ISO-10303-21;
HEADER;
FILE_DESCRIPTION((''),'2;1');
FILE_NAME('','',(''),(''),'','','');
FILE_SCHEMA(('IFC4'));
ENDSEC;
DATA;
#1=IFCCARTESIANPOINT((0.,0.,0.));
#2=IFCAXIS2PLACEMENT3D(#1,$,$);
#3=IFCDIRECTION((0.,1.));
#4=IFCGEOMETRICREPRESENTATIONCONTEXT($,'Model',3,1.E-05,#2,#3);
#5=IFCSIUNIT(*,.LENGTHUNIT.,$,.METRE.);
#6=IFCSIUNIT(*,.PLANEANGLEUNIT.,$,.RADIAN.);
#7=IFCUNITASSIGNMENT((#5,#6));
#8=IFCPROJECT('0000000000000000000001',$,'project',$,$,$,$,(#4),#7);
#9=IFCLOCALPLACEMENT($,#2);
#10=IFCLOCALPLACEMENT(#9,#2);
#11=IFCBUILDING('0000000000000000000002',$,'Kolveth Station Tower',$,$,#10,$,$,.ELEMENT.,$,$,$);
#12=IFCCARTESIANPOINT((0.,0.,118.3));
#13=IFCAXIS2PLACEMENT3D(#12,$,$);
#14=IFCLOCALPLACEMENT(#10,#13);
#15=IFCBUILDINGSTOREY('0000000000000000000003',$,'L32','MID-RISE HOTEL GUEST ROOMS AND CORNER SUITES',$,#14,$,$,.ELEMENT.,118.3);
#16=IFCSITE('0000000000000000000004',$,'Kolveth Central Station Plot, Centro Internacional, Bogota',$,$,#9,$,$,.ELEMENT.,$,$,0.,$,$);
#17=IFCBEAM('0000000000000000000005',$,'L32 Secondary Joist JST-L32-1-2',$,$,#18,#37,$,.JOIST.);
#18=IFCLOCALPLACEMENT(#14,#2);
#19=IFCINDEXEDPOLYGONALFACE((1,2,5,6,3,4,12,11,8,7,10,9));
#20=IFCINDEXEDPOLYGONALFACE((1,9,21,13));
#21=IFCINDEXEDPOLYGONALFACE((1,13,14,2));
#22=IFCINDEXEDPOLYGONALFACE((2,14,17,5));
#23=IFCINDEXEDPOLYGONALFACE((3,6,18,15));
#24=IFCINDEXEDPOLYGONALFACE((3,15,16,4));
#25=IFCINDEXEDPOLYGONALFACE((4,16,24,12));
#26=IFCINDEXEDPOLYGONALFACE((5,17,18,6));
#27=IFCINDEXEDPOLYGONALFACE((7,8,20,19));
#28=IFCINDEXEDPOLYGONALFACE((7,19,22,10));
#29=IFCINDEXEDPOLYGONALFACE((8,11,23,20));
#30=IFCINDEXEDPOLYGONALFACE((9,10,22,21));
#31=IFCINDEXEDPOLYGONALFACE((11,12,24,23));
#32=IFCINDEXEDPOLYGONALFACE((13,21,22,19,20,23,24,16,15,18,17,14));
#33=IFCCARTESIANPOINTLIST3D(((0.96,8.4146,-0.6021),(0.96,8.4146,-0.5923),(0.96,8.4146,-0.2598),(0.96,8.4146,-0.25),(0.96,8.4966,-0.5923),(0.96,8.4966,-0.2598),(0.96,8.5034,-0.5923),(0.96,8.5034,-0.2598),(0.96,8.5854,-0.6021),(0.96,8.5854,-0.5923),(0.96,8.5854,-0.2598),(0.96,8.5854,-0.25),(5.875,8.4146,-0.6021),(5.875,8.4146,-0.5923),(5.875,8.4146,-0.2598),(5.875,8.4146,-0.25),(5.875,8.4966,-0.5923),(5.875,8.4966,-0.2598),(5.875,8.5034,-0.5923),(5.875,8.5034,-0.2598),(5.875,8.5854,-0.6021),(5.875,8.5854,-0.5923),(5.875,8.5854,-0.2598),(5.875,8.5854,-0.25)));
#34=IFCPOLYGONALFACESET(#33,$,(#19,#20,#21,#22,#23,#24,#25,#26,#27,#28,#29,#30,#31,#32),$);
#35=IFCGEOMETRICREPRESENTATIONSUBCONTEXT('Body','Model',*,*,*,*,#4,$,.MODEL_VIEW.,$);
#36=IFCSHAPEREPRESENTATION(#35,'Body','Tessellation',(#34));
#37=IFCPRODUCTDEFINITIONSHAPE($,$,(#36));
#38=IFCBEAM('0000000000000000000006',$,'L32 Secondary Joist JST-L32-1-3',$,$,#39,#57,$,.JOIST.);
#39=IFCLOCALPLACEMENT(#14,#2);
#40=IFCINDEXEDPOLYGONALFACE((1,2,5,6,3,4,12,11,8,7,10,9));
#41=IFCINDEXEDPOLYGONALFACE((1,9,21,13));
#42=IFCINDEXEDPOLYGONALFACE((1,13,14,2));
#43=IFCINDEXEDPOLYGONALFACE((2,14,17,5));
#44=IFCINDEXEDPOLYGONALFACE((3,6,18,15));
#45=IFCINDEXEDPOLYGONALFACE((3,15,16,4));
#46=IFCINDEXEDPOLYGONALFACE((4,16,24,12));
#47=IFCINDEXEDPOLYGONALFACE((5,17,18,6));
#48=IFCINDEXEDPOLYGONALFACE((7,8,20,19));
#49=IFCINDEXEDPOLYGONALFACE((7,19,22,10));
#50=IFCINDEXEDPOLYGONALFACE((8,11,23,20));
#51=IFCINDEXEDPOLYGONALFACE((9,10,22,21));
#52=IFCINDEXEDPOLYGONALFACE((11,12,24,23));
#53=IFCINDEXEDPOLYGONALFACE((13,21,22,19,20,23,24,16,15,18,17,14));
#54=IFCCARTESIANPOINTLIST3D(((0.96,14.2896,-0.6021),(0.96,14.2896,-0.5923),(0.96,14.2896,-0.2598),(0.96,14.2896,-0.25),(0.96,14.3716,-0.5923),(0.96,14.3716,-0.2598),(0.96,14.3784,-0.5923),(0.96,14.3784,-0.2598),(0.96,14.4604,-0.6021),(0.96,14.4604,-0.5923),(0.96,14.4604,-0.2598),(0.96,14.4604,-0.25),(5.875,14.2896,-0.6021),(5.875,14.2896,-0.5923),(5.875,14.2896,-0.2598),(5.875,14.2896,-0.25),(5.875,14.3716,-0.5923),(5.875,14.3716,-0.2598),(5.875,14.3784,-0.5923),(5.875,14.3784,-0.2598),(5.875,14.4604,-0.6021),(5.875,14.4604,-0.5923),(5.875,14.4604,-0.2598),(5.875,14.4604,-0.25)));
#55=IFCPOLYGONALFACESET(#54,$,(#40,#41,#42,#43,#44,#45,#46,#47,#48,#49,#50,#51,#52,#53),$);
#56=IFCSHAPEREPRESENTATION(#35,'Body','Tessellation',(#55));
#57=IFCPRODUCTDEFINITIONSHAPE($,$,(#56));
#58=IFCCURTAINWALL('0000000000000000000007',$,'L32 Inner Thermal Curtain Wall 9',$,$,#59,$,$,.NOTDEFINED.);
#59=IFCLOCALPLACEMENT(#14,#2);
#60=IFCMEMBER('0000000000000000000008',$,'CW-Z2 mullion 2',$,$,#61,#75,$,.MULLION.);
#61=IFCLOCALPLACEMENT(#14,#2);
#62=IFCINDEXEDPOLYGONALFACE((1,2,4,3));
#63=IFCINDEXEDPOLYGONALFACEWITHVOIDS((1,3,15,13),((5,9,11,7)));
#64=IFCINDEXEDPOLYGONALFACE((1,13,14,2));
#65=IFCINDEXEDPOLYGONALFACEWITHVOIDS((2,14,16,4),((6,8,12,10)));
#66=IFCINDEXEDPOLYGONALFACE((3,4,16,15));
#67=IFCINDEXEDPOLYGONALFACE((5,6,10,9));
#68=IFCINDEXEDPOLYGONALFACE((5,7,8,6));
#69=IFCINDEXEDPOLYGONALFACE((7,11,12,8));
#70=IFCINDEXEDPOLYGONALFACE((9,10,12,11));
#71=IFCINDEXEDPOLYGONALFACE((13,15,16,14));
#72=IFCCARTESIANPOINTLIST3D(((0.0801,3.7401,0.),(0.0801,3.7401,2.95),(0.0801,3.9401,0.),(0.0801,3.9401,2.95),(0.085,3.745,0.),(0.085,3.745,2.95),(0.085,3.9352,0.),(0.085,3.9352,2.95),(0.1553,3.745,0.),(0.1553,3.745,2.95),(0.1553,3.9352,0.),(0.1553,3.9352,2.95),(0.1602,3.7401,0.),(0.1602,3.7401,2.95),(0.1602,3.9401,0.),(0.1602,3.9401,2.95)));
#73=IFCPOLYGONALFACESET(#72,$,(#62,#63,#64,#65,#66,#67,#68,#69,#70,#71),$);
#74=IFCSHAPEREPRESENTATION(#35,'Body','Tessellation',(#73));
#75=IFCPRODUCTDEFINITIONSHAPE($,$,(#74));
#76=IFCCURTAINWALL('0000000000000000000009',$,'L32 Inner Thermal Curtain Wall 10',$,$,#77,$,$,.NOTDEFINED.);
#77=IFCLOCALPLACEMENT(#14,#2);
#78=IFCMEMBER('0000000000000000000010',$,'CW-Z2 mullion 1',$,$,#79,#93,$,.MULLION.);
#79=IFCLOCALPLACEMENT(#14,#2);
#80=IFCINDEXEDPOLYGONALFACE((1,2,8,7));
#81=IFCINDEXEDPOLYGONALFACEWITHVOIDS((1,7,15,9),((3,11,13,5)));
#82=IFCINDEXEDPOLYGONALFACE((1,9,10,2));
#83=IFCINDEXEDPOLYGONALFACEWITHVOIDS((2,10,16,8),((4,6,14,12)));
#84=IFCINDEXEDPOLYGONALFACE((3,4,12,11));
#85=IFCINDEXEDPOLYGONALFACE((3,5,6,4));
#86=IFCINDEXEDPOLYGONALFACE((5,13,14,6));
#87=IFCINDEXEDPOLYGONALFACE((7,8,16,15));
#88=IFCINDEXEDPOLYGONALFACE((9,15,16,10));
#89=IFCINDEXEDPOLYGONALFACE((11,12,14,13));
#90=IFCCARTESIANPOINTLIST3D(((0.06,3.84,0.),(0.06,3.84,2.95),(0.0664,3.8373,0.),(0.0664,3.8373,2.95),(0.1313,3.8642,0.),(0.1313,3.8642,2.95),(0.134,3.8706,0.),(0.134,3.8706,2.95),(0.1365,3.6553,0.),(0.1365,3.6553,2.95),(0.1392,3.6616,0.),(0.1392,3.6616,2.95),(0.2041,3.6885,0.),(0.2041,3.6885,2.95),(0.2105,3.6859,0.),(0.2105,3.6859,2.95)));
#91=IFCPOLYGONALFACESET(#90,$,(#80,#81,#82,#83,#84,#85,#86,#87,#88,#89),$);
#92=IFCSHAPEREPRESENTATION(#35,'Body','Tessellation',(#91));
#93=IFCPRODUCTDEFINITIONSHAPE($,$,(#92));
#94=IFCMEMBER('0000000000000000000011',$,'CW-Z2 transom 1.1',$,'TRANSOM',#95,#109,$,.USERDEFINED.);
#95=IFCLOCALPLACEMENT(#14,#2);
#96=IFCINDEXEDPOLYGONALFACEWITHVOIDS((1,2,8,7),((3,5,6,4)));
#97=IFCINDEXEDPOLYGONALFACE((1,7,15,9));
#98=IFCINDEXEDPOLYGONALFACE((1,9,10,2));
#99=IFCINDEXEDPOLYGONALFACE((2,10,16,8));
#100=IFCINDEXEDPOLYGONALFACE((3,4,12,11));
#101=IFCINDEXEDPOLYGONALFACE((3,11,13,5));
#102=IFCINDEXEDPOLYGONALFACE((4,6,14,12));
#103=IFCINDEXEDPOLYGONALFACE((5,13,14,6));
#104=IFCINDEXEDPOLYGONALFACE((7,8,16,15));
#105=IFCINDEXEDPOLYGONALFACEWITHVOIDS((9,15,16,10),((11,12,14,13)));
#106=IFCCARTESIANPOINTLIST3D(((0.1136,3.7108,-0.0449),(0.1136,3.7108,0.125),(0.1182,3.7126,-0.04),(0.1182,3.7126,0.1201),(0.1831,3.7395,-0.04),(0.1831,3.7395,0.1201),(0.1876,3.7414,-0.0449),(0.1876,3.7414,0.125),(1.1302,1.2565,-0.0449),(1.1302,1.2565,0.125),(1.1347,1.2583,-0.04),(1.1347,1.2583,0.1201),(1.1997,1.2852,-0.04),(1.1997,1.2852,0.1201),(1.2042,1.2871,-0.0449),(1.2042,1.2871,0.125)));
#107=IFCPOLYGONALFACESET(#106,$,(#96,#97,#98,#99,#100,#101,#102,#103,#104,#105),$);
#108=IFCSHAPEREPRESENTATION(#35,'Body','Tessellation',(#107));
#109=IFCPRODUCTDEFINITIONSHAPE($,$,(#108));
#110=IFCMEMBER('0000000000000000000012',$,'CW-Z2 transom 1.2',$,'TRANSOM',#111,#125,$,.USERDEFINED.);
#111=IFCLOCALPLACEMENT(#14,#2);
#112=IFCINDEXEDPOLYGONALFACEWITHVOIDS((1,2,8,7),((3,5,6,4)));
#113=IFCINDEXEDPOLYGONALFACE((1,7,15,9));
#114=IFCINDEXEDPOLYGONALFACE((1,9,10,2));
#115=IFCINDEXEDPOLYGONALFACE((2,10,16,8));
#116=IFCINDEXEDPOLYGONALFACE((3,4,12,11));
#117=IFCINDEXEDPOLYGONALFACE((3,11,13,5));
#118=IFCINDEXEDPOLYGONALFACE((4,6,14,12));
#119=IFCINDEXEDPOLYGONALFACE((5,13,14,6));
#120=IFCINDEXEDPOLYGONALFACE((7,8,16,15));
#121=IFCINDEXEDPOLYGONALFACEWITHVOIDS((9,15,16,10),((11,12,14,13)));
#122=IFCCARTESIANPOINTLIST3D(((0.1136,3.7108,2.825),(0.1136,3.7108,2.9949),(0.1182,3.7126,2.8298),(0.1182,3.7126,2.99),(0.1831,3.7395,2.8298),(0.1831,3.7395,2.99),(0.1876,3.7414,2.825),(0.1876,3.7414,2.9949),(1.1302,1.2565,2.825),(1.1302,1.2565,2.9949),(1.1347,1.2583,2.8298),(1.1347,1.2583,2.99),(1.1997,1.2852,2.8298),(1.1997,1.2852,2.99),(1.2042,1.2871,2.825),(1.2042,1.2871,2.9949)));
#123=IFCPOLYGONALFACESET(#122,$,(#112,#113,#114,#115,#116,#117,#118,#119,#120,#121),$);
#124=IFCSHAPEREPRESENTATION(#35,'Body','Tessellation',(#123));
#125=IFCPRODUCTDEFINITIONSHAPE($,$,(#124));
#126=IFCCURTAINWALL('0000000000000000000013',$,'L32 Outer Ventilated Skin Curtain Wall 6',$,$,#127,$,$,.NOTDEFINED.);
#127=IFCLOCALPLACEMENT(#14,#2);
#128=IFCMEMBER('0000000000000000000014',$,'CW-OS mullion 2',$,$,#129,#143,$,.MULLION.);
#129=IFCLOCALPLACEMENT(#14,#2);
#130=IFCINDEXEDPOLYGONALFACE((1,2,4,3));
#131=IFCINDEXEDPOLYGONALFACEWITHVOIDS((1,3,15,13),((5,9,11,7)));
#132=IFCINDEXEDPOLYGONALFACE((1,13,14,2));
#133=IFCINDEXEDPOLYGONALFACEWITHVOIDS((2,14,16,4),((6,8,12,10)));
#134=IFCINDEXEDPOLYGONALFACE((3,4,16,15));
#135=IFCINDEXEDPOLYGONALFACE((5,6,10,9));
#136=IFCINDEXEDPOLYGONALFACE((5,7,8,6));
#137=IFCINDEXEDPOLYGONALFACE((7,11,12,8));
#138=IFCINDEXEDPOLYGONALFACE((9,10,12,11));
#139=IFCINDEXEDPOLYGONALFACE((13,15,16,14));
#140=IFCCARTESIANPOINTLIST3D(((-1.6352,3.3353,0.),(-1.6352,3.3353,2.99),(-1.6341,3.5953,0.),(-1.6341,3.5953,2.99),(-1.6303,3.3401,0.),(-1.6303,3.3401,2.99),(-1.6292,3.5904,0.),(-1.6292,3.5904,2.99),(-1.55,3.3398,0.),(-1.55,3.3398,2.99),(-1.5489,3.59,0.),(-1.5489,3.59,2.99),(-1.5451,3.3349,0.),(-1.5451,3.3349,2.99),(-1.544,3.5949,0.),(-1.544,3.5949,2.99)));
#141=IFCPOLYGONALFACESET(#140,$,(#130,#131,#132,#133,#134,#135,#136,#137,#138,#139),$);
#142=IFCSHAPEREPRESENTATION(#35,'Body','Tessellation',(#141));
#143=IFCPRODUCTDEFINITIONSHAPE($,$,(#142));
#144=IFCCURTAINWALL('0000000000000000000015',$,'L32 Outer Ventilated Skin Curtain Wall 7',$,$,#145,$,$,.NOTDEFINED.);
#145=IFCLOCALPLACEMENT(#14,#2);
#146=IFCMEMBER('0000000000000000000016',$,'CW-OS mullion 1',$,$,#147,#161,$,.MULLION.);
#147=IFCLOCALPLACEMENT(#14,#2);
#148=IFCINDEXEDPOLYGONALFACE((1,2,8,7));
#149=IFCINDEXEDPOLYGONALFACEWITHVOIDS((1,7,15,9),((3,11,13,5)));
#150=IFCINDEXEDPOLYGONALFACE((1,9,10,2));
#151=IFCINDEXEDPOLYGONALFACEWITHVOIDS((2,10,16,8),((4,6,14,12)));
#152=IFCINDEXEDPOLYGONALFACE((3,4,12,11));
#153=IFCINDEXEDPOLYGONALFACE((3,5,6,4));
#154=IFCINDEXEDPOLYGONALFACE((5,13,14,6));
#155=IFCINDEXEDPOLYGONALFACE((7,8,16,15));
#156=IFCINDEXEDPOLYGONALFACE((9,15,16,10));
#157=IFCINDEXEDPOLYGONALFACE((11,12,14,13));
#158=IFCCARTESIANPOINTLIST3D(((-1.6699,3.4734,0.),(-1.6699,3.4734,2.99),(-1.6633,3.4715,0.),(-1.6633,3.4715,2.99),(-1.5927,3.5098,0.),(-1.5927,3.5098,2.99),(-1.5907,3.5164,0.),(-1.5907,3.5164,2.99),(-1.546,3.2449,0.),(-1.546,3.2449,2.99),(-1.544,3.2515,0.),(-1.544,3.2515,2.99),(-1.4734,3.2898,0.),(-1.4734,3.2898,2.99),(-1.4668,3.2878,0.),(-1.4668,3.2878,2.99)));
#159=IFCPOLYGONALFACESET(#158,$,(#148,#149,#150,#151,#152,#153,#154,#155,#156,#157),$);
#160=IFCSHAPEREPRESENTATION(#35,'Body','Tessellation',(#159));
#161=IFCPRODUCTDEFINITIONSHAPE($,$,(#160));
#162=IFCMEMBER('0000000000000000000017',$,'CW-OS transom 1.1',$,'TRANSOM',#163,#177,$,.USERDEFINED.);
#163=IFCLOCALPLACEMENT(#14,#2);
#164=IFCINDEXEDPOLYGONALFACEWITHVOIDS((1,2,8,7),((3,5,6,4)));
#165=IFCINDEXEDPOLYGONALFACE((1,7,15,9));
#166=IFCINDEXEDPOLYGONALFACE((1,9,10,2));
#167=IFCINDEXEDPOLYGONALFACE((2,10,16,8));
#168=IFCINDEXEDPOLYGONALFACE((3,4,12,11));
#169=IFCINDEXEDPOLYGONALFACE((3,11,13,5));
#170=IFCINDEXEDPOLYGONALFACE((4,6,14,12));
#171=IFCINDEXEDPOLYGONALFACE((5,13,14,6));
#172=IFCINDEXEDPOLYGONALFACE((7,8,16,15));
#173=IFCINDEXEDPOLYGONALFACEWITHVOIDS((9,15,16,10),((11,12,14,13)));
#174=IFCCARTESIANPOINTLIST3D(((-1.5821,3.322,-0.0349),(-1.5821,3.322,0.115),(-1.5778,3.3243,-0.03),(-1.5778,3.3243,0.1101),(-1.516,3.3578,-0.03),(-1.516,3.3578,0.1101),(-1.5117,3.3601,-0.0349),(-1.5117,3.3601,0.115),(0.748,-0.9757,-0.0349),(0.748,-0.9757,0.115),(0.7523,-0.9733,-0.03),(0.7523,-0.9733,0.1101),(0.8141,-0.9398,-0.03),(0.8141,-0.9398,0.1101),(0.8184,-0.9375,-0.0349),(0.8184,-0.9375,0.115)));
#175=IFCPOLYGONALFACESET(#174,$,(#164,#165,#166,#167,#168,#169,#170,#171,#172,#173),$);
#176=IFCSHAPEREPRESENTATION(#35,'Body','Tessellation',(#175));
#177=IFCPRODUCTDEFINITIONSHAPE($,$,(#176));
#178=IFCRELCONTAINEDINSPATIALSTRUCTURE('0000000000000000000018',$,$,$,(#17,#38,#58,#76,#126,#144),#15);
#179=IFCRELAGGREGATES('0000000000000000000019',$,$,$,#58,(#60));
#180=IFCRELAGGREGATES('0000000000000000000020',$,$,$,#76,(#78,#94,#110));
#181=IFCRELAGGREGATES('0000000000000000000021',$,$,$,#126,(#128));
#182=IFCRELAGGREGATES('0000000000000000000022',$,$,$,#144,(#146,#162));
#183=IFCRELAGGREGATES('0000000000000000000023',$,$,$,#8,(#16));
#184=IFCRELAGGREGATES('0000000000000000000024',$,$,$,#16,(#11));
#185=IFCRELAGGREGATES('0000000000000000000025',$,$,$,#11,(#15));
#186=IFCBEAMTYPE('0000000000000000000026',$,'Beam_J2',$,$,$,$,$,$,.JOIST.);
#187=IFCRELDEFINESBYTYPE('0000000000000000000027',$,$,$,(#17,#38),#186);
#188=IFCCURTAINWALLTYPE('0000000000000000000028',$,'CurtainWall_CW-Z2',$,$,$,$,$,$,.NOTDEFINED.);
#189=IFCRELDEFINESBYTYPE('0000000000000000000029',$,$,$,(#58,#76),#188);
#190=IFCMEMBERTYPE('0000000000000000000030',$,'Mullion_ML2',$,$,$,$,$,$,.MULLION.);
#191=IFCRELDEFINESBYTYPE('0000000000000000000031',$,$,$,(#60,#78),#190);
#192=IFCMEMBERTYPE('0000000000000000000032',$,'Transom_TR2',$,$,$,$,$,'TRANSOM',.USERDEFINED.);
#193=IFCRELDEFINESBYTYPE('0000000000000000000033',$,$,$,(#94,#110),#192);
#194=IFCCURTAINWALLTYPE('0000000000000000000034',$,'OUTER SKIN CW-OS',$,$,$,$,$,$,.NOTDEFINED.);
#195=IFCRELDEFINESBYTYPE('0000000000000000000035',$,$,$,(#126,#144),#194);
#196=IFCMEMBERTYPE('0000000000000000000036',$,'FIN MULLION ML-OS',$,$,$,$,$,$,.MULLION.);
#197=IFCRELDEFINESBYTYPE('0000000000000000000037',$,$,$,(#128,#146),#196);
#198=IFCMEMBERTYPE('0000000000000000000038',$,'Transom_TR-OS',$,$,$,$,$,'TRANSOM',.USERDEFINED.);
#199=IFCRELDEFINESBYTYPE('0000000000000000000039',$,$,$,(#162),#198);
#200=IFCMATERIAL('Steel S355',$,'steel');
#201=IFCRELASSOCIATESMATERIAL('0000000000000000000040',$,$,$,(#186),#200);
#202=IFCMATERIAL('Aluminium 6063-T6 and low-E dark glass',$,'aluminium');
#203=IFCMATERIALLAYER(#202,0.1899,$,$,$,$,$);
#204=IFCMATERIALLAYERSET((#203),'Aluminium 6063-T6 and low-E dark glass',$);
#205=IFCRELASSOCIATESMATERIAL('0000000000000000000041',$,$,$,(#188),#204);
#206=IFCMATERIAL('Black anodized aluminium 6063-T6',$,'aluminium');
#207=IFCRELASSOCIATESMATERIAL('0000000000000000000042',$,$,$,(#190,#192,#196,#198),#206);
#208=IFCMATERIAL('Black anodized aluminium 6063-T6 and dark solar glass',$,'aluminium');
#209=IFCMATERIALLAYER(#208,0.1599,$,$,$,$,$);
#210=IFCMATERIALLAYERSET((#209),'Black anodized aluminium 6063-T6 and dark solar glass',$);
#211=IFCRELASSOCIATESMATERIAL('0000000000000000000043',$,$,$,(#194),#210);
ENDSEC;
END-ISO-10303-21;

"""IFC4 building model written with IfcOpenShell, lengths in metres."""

from ifc_helpers import new_model, si_unit, direction, frame, origin, origin_2d, place, context, subcontext, project, spatial, hollow_rectangle, i_section, extrude, source, transform, mapped, material, layer, layer_set, material_profile, profile_set, type_object, element, aggregate, save


model = new_model("IFC4")

# Units and contexts
model_context = context("Model", 3, precision=1e-05, world=origin(), true_north=direction((0.0, 1.0)))
body_context = subcontext(model_context, "Body", "Model", "MODEL_VIEW")
ifc_project = project(units=[si_unit("LENGTHUNIT", "METRE"), si_unit("PLANEANGLEUNIT", "RADIAN")], contexts=[model_context])

# Site, building, storey
site_placement = place(None, origin())
site = spatial("IfcSite", under=ifc_project, at=site_placement, Name="Kolveth Central Station Plot, Centro Internacional, Bogota", CompositionType="ELEMENT", RefElevation=0.0)
building_placement = place(site_placement, origin())
building = spatial("IfcBuilding", under=site, at=building_placement, Name="Kolveth Station Tower", CompositionType="ELEMENT")
storey_placement = place(building_placement, frame((0.0, 0.0, 118.3)))
storey = spatial("IfcBuildingStorey", under=building, at=storey_placement, Name="L32", Description="MID-RISE HOTEL GUEST ROOMS AND CORNER SUITES", CompositionType="ELEMENT", Elevation=118.3)

# Beams
ifc_material_1 = material(Name="Steel S355", Category="steel")
ifc_material_profile_1 = material_profile(ifc_material_1, i_section(OverallWidth=0.1709, OverallDepth=0.3521, WebThickness=0.0068, FlangeThickness=0.0098, at=origin_2d()), Name="W360x44")
ifc_profile_set_1 = profile_set([ifc_material_profile_1], Name="Steel S355")
beam_type_1 = type_object("IfcBeamType", Name="Beam_J2", PredefinedType="JOIST", material=ifc_profile_set_1)
shared_shape_1 = source(origin(), body_context, "Body", "SweptSolid", [
    extrude(i_section(OverallWidth=0.1709, OverallDepth=0.3521, WebThickness=0.0068, FlangeThickness=0.0098, at=origin_2d()), origin(), (0.0, 0.0, 1.0), 4.915),
])
for number, where, z_axis, x_axis, name in (
    (1, (0.96, 8.5, -0.426), (1.0, 0.0, 0.0), (0.0, 1.0, 0.0), "L32 Secondary Joist JST-L32-1-2"),
    (2, (0.96, 14.375, -0.426), (1.0, 0.0, 0.0), (0.0, 1.0, 0.0), "L32 Secondary Joist JST-L32-1-3"),
):
    element("IfcBeam", number, at=place(storey_placement, frame(where, z_axis=z_axis, x_axis=x_axis)), inside=storey, type_object=beam_type_1, Name=name, PredefinedType="JOIST", context=body_context, shape_type="MappedRepresentation", body=[
        mapped(shared_shape_1, transform((0.0, 0.0, 0.0), x_axis=(1.0, 0.0, 0.0), y_axis=(0.0, 1.0, 0.0), z_axis=(0.0, 0.0, 1.0), scale=1.0)),
    ])

# Curtain wall, member
ifc_material_2 = material(Name="Aluminium 6063-T6 and low-E dark glass", Category="aluminium")
ifc_layer_1 = layer(ifc_material_2, 0.1899)
ifc_layer_set_1 = layer_set([ifc_layer_1], Name="Aluminium 6063-T6 and low-E dark glass")
curtain_wall_type_1 = type_object("IfcCurtainWallType", Name="CurtainWall_CW-Z2", PredefinedType="NOTDEFINED", material=ifc_layer_set_1)
curtain_wall_1_placement = place(storey_placement, origin())
curtain_wall_1 = element("IfcCurtainWall", 3, at=curtain_wall_1_placement, inside=storey, type_object=curtain_wall_type_1, Name="L32 Inner Thermal Curtain Wall 9", PredefinedType="NOTDEFINED")
ifc_material_3 = material(Name="Black anodized aluminium 6063-T6", Category="aluminium")
ifc_material_profile_2 = material_profile(ifc_material_3, hollow_rectangle(XDim=0.0801, YDim=0.2, WallThickness=0.0049, at=origin_2d()), Name="ALU-80x200x5")
ifc_profile_set_2 = profile_set([ifc_material_profile_2], Name="Black anodized aluminium 6063-T6")
member_type_1 = type_object("IfcMemberType", Name="Mullion_ML2", PredefinedType="MULLION", material=ifc_profile_set_2)
shared_shape_2 = source(origin(), body_context, "Body", "SweptSolid", [
    extrude(hollow_rectangle(XDim=0.0801, YDim=0.2, WallThickness=0.0049, at=origin_2d()), origin(), (0.0, 0.0, 1.0), 2.95),
])
member_1_placement = place(storey_placement, frame((0.1201, 3.8401, 0.0), z_axis=(0.0, 0.0, 1.0), x_axis=(1.0, 0.0, 0.0)))
member_1 = element("IfcMember", 4, at=member_1_placement, type_object=member_type_1, Name="CW-Z2 mullion 2", PredefinedType="MULLION", context=body_context, shape_type="MappedRepresentation", body=[
    mapped(shared_shape_2, transform((0.0, 0.0, 0.0), x_axis=(1.0, 0.0, 0.0), y_axis=(0.0, 1.0, 0.0), z_axis=(0.0, 0.0, 1.0), scale=1.0)),
])
aggregate(curtain_wall_1, [member_1])

# Curtain wall, members
curtain_wall_2_placement = place(storey_placement, origin())
curtain_wall_2 = element("IfcCurtainWall", 5, at=curtain_wall_2_placement, inside=storey, type_object=curtain_wall_type_1, Name="L32 Inner Thermal Curtain Wall 10", PredefinedType="NOTDEFINED")
member_2_placement = place(storey_placement, frame((0.1353, 3.7629, 0.0), z_axis=(0.0, 0.0, 1.0), x_axis=(0.923888, 0.382663, 0.0)))
member_2 = element("IfcMember", 6, at=member_2_placement, type_object=member_type_1, Name="CW-Z2 mullion 1", PredefinedType="MULLION", context=body_context, shape_type="MappedRepresentation", body=[
    mapped(shared_shape_2, transform((0.0, 0.0, 0.0), x_axis=(1.0, 0.0, 0.0), y_axis=(0.0, 1.0, 0.0), z_axis=(0.0, 0.0, 1.0), scale=1.0)),
])
ifc_material_profile_3 = material_profile(ifc_material_3, hollow_rectangle(XDim=0.0801, YDim=0.1699, WallThickness=0.0049, at=origin_2d()), Name="ALU-80x170x5")
ifc_profile_set_3 = profile_set([ifc_material_profile_3], Name="Black anodized aluminium 6063-T6")
member_type_2 = type_object("IfcMemberType", Name="Transom_TR2", ElementType="TRANSOM", PredefinedType="USERDEFINED", material=ifc_profile_set_3)
shared_shape_3 = source(origin(), body_context, "Body", "SweptSolid", [
    extrude(hollow_rectangle(XDim=0.0801, YDim=0.1699, WallThickness=0.0049, at=origin_2d()), origin(), (0.0, 0.0, 1.0), 2.6565),
])
member_3_placement = place(storey_placement, frame((0.1506, 3.7261, 0.04), z_axis=(0.382676, -0.923882, 0.0), x_axis=(0.923882, 0.382676, 0.0)))
member_3 = element("IfcMember", 7, at=member_3_placement, type_object=member_type_2, Name="CW-Z2 transom 1.1", ObjectType="TRANSOM", PredefinedType="USERDEFINED", context=body_context, shape_type="MappedRepresentation", body=[
    mapped(shared_shape_3, transform((0.0, 0.0, 0.0), x_axis=(1.0, 0.0, 0.0), y_axis=(0.0, 1.0, 0.0), z_axis=(0.0, 0.0, 1.0), scale=1.0)),
])
member_4_placement = place(storey_placement, frame((0.1506, 3.7261, 2.9099), z_axis=(0.382676, -0.923882, 0.0), x_axis=(0.923882, 0.382676, 0.0)))
member_4 = element("IfcMember", 8, at=member_4_placement, type_object=member_type_2, Name="CW-Z2 transom 1.2", ObjectType="TRANSOM", PredefinedType="USERDEFINED", context=body_context, shape_type="MappedRepresentation", body=[
    mapped(shared_shape_3, transform((0.0, 0.0, 0.0), x_axis=(1.0, 0.0, 0.0), y_axis=(0.0, 1.0, 0.0), z_axis=(0.0, 0.0, 1.0), scale=1.0)),
])
aggregate(curtain_wall_2, [member_2, member_3, member_4])

# Curtain wall, member
ifc_material_4 = material(Name="Black anodized aluminium 6063-T6 and dark solar glass", Category="aluminium")
ifc_layer_2 = layer(ifc_material_4, 0.1599)
ifc_layer_set_2 = layer_set([ifc_layer_2], Name="Black anodized aluminium 6063-T6 and dark solar glass")
curtain_wall_type_2 = type_object("IfcCurtainWallType", Name="OUTER SKIN CW-OS", PredefinedType="NOTDEFINED", material=ifc_layer_set_2)
curtain_wall_3_placement = place(storey_placement, origin())
curtain_wall_3 = element("IfcCurtainWall", 9, at=curtain_wall_3_placement, inside=storey, type_object=curtain_wall_type_2, Name="L32 Outer Ventilated Skin Curtain Wall 6", PredefinedType="NOTDEFINED")
ifc_material_profile_4 = material_profile(ifc_material_3, hollow_rectangle(XDim=0.0901, YDim=0.26, WallThickness=0.0049, at=origin_2d()), Name="ALU-90x260x5")
ifc_profile_set_4 = profile_set([ifc_material_profile_4], Name="Black anodized aluminium 6063-T6")
member_type_3 = type_object("IfcMemberType", Name="FIN MULLION ML-OS", PredefinedType="MULLION", material=ifc_profile_set_4)
shared_shape_4 = source(origin(), body_context, "Body", "SweptSolid", [
    extrude(hollow_rectangle(XDim=0.0901, YDim=0.26, WallThickness=0.0049, at=origin_2d()), origin(), (0.0, 0.0, 1.0), 2.99),
])
member_5_placement = place(storey_placement, frame((-1.5896, 3.4651, 0.0), z_axis=(0.0, 0.0, 1.0), x_axis=(0.99999, -0.004524, 0.0)))
member_5 = element("IfcMember", 10, at=member_5_placement, type_object=member_type_3, Name="CW-OS mullion 2", PredefinedType="MULLION", context=body_context, shape_type="MappedRepresentation", body=[
    mapped(shared_shape_4, transform((0.0, 0.0, 0.0), x_axis=(1.0, 0.0, 0.0), y_axis=(0.0, 1.0, 0.0), z_axis=(0.0, 0.0, 1.0), scale=1.0)),
])
aggregate(curtain_wall_3, [member_5])

# Curtain wall, members
curtain_wall_4_placement = place(storey_placement, origin())
curtain_wall_4 = element("IfcCurtainWall", 11, at=curtain_wall_4_placement, inside=storey, type_object=curtain_wall_type_2, Name="L32 Outer Ventilated Skin Curtain Wall 7", PredefinedType="NOTDEFINED")
member_6_placement = place(storey_placement, frame((-1.5684, 3.3806, 0.0), z_axis=(0.0, 0.0, 1.0), x_axis=(0.879098, 0.47664, 0.0)))
member_6 = element("IfcMember", 12, at=member_6_placement, type_object=member_type_3, Name="CW-OS mullion 1", PredefinedType="MULLION", context=body_context, shape_type="MappedRepresentation", body=[
    mapped(shared_shape_4, transform((0.0, 0.0, 0.0), x_axis=(1.0, 0.0, 0.0), y_axis=(0.0, 1.0, 0.0), z_axis=(0.0, 0.0, 1.0), scale=1.0)),
])
ifc_material_profile_5 = material_profile(ifc_material_3, hollow_rectangle(XDim=0.0801, YDim=0.1499, WallThickness=0.0049, at=origin_2d()), Name="ALU-80x150x5")
ifc_profile_set_5 = profile_set([ifc_material_profile_5], Name="Black anodized aluminium 6063-T6")
member_type_4 = type_object("IfcMemberType", Name="Transom_TR-OS", ElementType="TRANSOM", PredefinedType="USERDEFINED", material=ifc_profile_set_5)
shared_shape_5 = source(origin(), body_context, "Body", "SweptSolid", [
    extrude(hollow_rectangle(XDim=0.0801, YDim=0.1499, WallThickness=0.0049, at=origin_2d()), origin(), (0.0, 0.0, 1.0), 4.8887),
])
member_7_placement = place(storey_placement, frame((-1.5469, 3.3411, 0.04), z_axis=(0.476632, -0.879103, 0.0), x_axis=(0.879103, 0.476632, 0.0)))
member_7 = element("IfcMember", 13, at=member_7_placement, type_object=member_type_4, Name="CW-OS transom 1.1", ObjectType="TRANSOM", PredefinedType="USERDEFINED", context=body_context, shape_type="MappedRepresentation", body=[
    mapped(shared_shape_5, transform((0.0, 0.0, 0.0), x_axis=(1.0, 0.0, 0.0), y_axis=(0.0, 1.0, 0.0), z_axis=(0.0, 0.0, 1.0), scale=1.0)),
])
aggregate(curtain_wall_4, [member_6, member_7])

save(model, "model.ifc")
